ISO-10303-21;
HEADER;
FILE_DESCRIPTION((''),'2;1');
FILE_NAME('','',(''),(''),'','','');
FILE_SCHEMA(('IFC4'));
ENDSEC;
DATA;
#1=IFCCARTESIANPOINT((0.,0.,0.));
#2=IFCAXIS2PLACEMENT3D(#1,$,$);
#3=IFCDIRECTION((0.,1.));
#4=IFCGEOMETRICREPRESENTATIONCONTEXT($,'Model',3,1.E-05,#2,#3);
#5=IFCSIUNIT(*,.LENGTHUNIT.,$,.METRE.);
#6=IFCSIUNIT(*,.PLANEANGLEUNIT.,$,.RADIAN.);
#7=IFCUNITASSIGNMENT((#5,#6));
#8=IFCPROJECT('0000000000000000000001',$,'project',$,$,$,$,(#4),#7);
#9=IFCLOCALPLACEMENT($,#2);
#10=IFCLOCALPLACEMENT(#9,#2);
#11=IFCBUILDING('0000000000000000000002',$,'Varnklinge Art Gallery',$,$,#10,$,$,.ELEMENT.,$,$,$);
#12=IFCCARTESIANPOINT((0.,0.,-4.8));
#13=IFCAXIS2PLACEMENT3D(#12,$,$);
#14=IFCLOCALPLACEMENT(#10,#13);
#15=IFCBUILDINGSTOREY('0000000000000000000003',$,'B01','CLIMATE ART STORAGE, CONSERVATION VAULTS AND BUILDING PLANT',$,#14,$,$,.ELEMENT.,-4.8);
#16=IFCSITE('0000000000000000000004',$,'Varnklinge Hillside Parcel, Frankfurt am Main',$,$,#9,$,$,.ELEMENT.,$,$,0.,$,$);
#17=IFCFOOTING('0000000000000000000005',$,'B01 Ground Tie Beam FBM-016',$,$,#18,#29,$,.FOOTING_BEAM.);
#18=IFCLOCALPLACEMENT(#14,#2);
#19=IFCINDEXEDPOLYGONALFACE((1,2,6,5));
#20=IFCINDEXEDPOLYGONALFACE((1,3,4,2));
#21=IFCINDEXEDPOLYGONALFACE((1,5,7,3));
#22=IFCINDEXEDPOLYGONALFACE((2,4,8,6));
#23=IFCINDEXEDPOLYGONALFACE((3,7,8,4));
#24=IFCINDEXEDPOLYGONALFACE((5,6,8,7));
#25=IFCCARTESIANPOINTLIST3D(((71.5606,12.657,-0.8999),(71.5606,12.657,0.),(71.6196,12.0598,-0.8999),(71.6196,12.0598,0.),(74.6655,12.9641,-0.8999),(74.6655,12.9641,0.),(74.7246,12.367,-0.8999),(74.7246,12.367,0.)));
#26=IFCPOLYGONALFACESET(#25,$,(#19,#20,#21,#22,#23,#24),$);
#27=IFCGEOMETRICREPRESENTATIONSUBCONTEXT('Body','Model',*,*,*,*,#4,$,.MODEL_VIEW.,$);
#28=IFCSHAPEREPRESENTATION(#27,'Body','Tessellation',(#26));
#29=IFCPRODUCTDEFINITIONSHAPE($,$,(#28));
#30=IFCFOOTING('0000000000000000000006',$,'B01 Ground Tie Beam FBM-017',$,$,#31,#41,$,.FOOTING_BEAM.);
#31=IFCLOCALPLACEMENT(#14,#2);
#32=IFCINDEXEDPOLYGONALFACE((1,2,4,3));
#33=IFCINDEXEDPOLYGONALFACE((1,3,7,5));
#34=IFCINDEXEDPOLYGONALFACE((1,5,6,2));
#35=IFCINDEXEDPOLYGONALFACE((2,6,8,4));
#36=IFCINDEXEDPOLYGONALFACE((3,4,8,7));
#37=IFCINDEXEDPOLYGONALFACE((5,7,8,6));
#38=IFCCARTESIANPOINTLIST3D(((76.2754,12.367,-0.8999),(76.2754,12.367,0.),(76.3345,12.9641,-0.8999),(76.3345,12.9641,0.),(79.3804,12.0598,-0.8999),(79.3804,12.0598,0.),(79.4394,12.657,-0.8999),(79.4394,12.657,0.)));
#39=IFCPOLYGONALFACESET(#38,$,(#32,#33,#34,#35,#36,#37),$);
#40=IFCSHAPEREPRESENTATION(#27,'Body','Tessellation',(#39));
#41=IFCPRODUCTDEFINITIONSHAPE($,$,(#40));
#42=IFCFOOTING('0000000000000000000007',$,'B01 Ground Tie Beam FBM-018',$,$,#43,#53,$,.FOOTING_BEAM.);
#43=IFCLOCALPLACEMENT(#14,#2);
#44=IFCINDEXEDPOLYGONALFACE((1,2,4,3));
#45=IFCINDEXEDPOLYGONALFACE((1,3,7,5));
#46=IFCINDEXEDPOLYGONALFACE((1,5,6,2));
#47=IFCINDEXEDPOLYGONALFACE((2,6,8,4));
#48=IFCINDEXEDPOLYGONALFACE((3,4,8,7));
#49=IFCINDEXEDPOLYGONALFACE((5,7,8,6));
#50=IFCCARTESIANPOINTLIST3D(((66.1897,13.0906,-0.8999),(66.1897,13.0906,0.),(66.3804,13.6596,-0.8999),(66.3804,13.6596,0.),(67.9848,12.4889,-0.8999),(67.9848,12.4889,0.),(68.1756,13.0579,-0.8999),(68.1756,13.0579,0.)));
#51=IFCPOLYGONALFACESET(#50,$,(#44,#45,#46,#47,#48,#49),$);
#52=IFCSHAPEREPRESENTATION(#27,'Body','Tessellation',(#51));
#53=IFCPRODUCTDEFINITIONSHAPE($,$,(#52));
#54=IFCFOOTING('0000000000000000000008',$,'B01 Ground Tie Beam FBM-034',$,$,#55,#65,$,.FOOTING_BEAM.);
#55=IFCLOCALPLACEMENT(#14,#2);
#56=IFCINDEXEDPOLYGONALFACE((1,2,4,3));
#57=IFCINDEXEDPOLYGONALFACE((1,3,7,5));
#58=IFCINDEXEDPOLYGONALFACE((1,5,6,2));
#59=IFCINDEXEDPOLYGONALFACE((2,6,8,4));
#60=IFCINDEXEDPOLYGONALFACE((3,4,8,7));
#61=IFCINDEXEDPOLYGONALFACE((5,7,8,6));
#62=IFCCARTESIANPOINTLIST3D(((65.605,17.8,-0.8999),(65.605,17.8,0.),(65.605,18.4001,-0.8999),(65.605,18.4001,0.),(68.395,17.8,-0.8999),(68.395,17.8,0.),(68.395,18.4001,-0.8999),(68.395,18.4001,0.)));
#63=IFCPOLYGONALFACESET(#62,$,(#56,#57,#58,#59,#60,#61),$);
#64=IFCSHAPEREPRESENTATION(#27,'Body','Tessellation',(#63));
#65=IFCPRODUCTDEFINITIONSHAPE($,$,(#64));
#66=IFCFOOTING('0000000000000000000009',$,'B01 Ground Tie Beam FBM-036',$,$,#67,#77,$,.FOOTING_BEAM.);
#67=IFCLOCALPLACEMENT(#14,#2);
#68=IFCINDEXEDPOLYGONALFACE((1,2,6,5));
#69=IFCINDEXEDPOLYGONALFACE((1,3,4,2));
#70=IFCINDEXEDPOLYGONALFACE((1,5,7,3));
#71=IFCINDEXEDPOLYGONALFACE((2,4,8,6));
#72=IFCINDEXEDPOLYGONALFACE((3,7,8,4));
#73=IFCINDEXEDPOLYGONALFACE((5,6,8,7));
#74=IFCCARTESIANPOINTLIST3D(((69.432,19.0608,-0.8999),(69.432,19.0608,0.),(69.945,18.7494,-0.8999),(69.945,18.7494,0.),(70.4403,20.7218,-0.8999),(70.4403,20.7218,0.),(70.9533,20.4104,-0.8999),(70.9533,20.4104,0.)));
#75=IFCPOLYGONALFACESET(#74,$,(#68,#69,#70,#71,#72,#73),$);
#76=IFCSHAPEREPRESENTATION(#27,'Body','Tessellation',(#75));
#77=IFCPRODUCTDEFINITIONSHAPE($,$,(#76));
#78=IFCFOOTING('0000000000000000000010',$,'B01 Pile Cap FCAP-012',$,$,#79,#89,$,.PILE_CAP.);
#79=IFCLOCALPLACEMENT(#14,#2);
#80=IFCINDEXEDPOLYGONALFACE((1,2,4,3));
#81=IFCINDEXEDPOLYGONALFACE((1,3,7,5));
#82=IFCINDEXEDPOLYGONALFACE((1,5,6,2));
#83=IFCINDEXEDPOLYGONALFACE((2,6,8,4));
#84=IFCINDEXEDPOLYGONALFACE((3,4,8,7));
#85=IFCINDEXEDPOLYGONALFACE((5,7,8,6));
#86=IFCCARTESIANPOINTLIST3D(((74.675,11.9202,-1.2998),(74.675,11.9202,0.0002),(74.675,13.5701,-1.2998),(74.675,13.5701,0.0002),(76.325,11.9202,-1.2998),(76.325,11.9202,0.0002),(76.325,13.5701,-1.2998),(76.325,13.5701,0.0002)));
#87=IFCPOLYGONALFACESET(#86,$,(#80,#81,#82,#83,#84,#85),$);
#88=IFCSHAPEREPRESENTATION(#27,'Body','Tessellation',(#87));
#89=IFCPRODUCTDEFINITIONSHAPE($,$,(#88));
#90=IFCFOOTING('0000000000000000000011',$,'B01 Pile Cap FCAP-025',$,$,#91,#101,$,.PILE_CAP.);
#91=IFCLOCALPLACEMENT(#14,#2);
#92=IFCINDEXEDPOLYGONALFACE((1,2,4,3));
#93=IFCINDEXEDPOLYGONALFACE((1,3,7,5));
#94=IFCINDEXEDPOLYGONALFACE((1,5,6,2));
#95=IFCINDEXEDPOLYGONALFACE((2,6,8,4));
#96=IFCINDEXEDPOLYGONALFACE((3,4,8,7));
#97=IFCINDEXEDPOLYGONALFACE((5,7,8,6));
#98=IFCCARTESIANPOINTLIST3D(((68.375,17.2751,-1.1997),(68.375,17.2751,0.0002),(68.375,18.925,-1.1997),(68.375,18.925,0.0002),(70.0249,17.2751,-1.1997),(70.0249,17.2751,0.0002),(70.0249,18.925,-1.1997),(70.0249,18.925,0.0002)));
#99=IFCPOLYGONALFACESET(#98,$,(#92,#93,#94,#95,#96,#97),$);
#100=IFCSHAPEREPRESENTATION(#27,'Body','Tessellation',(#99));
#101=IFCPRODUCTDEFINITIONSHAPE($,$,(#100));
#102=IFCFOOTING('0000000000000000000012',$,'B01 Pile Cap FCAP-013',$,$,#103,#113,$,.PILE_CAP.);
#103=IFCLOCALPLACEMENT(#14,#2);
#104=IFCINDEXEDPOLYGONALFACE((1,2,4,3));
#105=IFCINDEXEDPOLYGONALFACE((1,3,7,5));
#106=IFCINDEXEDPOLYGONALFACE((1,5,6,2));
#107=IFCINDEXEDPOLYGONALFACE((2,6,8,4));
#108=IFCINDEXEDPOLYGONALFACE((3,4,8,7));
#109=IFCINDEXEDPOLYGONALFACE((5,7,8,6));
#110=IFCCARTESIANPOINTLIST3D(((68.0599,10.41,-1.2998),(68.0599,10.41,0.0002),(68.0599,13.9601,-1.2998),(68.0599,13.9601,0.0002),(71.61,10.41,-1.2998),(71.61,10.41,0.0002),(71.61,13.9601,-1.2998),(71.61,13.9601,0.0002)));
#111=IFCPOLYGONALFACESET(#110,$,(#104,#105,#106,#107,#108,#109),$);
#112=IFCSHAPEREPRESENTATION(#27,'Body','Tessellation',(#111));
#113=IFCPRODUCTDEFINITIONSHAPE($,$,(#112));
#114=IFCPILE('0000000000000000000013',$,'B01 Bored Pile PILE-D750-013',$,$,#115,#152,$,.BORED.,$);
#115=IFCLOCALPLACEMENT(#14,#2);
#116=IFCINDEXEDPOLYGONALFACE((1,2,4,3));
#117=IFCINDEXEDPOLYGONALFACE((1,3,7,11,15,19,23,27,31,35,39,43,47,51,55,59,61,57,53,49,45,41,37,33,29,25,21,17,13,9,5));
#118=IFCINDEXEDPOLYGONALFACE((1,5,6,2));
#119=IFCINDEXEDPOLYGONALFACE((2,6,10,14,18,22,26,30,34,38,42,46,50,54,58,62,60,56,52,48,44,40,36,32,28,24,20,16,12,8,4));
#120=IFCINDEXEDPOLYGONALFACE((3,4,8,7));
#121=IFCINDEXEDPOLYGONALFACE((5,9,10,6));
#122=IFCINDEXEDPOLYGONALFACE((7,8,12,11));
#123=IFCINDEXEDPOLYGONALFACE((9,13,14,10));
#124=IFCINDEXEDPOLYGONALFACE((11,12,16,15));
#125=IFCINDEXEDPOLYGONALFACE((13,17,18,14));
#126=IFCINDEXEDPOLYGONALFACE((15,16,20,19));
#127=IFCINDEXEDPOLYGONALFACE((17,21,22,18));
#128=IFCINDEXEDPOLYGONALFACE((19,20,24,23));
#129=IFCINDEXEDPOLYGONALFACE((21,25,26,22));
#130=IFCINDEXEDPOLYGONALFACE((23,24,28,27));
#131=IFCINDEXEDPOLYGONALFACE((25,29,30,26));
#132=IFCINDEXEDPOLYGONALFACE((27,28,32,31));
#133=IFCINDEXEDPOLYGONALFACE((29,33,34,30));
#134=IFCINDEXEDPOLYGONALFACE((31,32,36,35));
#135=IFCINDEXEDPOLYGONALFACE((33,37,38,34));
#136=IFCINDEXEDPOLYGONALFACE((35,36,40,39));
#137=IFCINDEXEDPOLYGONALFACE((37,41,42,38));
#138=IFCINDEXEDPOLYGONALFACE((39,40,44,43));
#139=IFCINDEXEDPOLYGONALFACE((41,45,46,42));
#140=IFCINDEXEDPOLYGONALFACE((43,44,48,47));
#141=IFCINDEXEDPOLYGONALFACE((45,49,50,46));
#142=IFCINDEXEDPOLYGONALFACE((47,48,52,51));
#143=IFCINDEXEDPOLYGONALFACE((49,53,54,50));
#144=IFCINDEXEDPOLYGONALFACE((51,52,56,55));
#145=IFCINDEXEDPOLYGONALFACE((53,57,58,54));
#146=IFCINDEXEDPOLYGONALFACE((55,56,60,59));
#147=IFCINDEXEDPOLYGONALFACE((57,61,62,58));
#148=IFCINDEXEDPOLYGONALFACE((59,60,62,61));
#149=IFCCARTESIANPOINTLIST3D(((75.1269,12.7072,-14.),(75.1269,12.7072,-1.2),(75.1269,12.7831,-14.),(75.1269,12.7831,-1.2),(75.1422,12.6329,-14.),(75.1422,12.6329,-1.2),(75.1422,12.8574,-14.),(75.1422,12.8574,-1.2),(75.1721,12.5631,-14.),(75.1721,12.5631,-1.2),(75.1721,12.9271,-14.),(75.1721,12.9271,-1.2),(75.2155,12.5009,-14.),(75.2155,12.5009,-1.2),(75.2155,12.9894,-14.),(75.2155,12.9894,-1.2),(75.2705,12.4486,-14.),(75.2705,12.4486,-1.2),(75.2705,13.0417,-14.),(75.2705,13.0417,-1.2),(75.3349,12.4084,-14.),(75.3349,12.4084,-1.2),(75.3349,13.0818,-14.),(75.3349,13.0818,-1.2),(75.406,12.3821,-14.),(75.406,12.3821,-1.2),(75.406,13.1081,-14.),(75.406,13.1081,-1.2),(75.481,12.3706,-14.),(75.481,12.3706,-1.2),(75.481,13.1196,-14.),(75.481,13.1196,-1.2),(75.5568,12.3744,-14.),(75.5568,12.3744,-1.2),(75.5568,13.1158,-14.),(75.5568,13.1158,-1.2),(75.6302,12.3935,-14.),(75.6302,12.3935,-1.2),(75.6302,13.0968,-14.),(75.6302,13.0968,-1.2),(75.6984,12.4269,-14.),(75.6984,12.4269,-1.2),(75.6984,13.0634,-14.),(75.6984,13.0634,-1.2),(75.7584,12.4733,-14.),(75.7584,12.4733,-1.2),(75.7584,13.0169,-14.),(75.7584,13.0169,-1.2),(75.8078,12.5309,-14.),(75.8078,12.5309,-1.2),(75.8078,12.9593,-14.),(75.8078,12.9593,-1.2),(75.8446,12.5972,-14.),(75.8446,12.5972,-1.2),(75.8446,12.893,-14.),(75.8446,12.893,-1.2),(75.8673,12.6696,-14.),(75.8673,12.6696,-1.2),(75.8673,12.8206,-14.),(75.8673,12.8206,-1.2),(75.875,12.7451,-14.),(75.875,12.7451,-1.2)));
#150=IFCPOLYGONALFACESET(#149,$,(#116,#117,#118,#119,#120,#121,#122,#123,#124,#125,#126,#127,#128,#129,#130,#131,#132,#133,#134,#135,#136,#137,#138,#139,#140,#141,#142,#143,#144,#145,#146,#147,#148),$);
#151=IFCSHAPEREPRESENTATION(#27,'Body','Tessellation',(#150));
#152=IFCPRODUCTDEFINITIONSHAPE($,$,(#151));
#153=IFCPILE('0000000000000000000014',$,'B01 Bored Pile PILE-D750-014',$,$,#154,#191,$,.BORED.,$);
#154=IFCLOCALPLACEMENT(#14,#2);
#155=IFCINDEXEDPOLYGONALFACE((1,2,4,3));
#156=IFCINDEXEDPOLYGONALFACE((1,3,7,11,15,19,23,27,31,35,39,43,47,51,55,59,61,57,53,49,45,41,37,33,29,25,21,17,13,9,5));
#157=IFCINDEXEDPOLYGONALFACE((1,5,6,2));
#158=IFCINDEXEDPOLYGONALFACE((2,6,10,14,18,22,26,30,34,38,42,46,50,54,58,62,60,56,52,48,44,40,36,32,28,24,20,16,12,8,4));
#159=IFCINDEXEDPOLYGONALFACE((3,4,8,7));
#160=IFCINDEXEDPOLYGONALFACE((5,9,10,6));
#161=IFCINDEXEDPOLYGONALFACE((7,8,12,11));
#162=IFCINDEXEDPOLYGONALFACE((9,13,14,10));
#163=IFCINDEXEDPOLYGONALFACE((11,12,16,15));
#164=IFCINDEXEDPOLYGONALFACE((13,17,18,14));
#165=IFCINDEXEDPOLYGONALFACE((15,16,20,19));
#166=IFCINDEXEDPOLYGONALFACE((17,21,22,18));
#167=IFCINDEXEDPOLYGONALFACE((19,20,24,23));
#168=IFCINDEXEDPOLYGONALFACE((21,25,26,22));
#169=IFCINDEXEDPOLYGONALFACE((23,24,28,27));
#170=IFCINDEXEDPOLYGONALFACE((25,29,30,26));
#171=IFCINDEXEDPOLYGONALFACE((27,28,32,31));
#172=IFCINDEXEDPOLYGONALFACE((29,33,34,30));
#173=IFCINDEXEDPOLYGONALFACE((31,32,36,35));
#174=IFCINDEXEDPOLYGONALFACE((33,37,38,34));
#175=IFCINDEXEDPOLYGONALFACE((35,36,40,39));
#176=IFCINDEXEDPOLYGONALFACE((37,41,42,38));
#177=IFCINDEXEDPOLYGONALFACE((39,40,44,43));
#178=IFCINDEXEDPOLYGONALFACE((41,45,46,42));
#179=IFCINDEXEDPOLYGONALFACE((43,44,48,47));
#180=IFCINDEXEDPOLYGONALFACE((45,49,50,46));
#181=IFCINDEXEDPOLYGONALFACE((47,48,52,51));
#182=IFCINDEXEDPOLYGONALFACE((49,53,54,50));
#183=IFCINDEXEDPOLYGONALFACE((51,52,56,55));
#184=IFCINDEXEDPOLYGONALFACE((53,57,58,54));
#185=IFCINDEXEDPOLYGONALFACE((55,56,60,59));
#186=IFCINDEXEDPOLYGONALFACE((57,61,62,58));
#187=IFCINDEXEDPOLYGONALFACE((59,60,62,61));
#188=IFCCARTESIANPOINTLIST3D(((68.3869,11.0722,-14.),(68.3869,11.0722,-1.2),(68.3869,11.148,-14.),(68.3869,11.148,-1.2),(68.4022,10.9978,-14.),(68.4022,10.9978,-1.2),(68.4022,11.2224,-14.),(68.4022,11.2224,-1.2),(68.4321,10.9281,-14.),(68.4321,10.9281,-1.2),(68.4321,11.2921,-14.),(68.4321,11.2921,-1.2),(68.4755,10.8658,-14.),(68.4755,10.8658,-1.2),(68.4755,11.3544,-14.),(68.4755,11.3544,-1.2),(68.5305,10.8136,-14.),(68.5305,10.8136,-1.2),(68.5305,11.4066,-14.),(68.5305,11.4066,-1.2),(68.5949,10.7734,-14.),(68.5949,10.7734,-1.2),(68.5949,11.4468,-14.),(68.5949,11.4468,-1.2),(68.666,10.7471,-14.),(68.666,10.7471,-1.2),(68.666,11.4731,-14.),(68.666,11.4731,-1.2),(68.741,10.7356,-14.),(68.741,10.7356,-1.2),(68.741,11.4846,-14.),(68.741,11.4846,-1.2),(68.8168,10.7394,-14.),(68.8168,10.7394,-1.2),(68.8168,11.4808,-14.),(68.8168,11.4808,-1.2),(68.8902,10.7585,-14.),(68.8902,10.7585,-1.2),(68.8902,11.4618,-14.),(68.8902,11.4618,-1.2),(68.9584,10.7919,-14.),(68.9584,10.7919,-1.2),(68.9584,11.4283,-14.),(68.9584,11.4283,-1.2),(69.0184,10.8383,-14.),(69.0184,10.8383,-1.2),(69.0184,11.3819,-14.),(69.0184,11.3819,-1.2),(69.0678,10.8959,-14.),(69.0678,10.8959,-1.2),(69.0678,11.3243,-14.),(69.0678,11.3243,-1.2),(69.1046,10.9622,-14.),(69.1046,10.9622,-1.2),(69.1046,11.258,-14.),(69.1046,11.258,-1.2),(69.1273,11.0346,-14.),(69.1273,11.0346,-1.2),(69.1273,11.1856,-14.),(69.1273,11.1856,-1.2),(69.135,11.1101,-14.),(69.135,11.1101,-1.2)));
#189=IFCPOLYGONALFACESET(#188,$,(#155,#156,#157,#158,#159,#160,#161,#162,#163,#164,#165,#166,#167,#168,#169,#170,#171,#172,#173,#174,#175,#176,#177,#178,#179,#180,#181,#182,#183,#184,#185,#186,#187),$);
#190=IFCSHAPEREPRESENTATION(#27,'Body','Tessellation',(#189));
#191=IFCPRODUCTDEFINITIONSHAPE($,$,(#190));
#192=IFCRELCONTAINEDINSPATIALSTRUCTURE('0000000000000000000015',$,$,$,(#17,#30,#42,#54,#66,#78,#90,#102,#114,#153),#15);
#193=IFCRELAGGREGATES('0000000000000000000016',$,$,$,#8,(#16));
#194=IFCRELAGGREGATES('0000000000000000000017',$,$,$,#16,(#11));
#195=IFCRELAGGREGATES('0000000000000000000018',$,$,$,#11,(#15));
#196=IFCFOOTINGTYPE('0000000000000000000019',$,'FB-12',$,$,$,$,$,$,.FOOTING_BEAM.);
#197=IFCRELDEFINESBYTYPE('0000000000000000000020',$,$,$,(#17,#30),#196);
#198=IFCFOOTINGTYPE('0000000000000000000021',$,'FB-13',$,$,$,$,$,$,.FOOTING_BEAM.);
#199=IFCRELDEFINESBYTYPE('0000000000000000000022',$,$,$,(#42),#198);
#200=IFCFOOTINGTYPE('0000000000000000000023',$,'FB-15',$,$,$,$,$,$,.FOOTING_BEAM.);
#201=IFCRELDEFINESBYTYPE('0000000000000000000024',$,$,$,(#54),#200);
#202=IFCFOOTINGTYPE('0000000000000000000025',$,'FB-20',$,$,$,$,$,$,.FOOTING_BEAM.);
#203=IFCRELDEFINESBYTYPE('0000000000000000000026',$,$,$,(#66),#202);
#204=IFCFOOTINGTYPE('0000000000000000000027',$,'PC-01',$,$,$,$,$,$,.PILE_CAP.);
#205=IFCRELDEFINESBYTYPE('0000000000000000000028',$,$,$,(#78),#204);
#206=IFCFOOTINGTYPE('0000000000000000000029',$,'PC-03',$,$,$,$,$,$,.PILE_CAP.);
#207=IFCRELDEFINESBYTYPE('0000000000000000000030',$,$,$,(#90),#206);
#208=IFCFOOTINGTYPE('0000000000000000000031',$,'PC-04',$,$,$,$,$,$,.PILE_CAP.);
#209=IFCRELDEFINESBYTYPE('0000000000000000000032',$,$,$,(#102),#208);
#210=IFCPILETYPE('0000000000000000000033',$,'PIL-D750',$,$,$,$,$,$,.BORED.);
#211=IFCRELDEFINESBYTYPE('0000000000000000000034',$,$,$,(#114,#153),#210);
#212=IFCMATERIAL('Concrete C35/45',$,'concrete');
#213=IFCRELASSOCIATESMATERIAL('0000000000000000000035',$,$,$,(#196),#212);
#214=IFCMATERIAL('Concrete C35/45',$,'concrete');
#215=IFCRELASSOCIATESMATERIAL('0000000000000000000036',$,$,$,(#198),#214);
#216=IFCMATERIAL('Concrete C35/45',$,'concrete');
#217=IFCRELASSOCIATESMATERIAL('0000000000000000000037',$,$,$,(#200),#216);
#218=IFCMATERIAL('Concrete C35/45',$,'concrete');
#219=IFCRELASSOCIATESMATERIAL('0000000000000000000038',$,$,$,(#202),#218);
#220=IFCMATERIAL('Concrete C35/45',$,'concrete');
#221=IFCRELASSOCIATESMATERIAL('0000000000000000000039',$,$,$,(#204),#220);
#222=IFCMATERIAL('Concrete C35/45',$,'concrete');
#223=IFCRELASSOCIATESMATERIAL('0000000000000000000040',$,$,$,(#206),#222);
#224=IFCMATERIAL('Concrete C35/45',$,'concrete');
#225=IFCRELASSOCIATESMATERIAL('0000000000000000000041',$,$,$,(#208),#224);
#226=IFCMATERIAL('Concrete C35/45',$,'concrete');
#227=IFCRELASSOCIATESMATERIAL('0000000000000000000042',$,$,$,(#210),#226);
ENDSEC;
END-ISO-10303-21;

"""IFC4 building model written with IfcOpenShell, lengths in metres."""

from ifc_helpers import new_model, si_unit, direction, frame, origin, origin_2d, place, context, subcontext, project, spatial, rectangle, circle, extrude, material, material_profile, profile_set, type_object, element, save


model = new_model("IFC4")

# Units and contexts
model_context = context("Model", 3, precision=1e-05, world=origin(), true_north=direction((0.0, 1.0)))
body_context = subcontext(model_context, "Body", "Model", "MODEL_VIEW")
ifc_project = project(units=[si_unit("LENGTHUNIT", "METRE"), si_unit("PLANEANGLEUNIT", "RADIAN")], contexts=[model_context])

# Site, building, storey
site_placement = place(None, origin())
site = spatial("IfcSite", under=ifc_project, at=site_placement, Name="Varnklinge Hillside Parcel, Frankfurt am Main", CompositionType="ELEMENT", RefElevation=0.0)
building_placement = place(site_placement, origin())
building = spatial("IfcBuilding", under=site, at=building_placement, Name="Varnklinge Art Gallery", CompositionType="ELEMENT")
storey_placement = place(building_placement, frame((0.0, 0.0, -4.8)))
storey = spatial("IfcBuildingStorey", under=building, at=storey_placement, Name="B01", Description="CLIMATE ART STORAGE, CONSERVATION VAULTS AND BUILDING PLANT", CompositionType="ELEMENT", Elevation=-4.8)

# Footings
ifc_material_1 = material(Name="Concrete C35/45", Category="concrete")
footing_type_1 = type_object("IfcFootingType", Name="FB-12", PredefinedType="FOOTING_BEAM", material=ifc_material_1)
for number, where, z_axis, x_axis, name in (
    (1, (73.1426, 12.512, -0.8999), (0.0, 0.0, 1.0), (-0.995142, -0.098451, 0.0), "B01 Ground Tie Beam FBM-016"),
    (2, (77.8574, 12.512, -0.8999), (0.0, 0.0, 1.0), (0.995142, -0.098451, 0.0), "B01 Ground Tie Beam FBM-017"),
):
    element("IfcFooting", number, at=place(storey_placement, frame(where, z_axis=z_axis, x_axis=x_axis)), inside=storey, type_object=footing_type_1, Name=name, PredefinedType="FOOTING_BEAM", context=body_context, shape_type="SweptSolid", body=[
        extrude(rectangle(XDim=3.1201, YDim=0.6001, at=origin_2d()), origin(), (0.0, 0.0, 1.0), 0.8999),
    ])
ifc_material_2 = material(Name="Concrete C35/45", Category="concrete")
footing_type_2 = type_object("IfcFootingType", Name="FB-13", PredefinedType="FOOTING_BEAM", material=ifc_material_2)
footing_1_placement = place(storey_placement, frame((67.1826, 13.0742, -0.8999), z_axis=(0.0, 0.0, 1.0), x_axis=(-0.948157, 0.317801, 0.0)))
element("IfcFooting", 3, at=footing_1_placement, inside=storey, type_object=footing_type_2, Name="B01 Ground Tie Beam FBM-018", PredefinedType="FOOTING_BEAM", context=body_context, shape_type="SweptSolid", body=[
    extrude(rectangle(XDim=1.8933, YDim=0.6001, at=origin_2d()), origin(), (0.0, 0.0, 1.0), 0.8999),
])
ifc_material_3 = material(Name="Concrete C35/45", Category="concrete")
footing_type_3 = type_object("IfcFootingType", Name="FB-15", PredefinedType="FOOTING_BEAM", material=ifc_material_3)
footing_2_placement = place(storey_placement, frame((67.0, 18.1001, -0.8999), z_axis=(0.0, 0.0, 1.0), x_axis=(1.0, 0.0, 0.0)))
element("IfcFooting", 4, at=footing_2_placement, inside=storey, type_object=footing_type_3, Name="B01 Ground Tie Beam FBM-034", PredefinedType="FOOTING_BEAM", context=body_context, shape_type="SweptSolid", body=[
    extrude(rectangle(XDim=2.79, YDim=0.6001, at=origin_2d()), origin(), (0.0, 0.0, 1.0), 0.8999),
])
ifc_material_4 = material(Name="Concrete C35/45", Category="concrete")
footing_type_4 = type_object("IfcFootingType", Name="FB-20", PredefinedType="FOOTING_BEAM", material=ifc_material_4)
footing_3_placement = place(storey_placement, frame((70.1926, 19.7356, -0.8999), z_axis=(0.0, 0.0, 1.0), x_axis=(0.518922, 0.854821, 0.0)))
element("IfcFooting", 5, at=footing_3_placement, inside=storey, type_object=footing_type_4, Name="B01 Ground Tie Beam FBM-036", PredefinedType="FOOTING_BEAM", context=body_context, shape_type="SweptSolid", body=[
    extrude(rectangle(XDim=1.9431, YDim=0.6001, at=origin_2d()), origin(), (0.0, 0.0, 1.0), 0.8999),
])
ifc_material_5 = material(Name="Concrete C35/45", Category="concrete")
footing_type_5 = type_object("IfcFootingType", Name="PC-01", PredefinedType="PILE_CAP", material=ifc_material_5)
footing_4_placement = place(storey_placement, frame((75.5, 12.7451, -1.2998), z_axis=(0.0, 0.0, 1.0), x_axis=(1.0, 0.0, 0.0)))
element("IfcFooting", 6, at=footing_4_placement, inside=storey, type_object=footing_type_5, Name="B01 Pile Cap FCAP-012", PredefinedType="PILE_CAP", context=body_context, shape_type="SweptSolid", body=[
    extrude(rectangle(XDim=1.6499, YDim=1.6499, at=origin_2d()), origin(), (0.0, 0.0, 1.0), 1.3),
])
ifc_material_6 = material(Name="Concrete C35/45", Category="concrete")
footing_type_6 = type_object("IfcFootingType", Name="PC-03", PredefinedType="PILE_CAP", material=ifc_material_6)
footing_5_placement = place(storey_placement, frame((69.2, 18.1001, -1.1997), z_axis=(0.0, 0.0, 1.0), x_axis=(1.0, 0.0, 0.0)))
element("IfcFooting", 7, at=footing_5_placement, inside=storey, type_object=footing_type_6, Name="B01 Pile Cap FCAP-025", PredefinedType="PILE_CAP", context=body_context, shape_type="SweptSolid", body=[
    extrude(rectangle(XDim=1.6499, YDim=1.6499, at=origin_2d()), origin(), (0.0, 0.0, 1.0), 1.2),
])
ifc_material_7 = material(Name="Concrete C35/45", Category="concrete")
footing_type_7 = type_object("IfcFootingType", Name="PC-04", PredefinedType="PILE_CAP", material=ifc_material_7)
footing_6_placement = place(storey_placement, frame((69.835, 12.1851, -1.2998), z_axis=(0.0, 0.0, 1.0), x_axis=(1.0, 0.0, 0.0)))
element("IfcFooting", 8, at=footing_6_placement, inside=storey, type_object=footing_type_7, Name="B01 Pile Cap FCAP-013", PredefinedType="PILE_CAP", context=body_context, shape_type="SweptSolid", body=[
    extrude(rectangle(XDim=3.55, YDim=3.55, at=origin_2d()), origin(), (0.0, 0.0, 1.0), 1.3),
])

# Piles
ifc_material_8 = material(Name="Concrete C35/45", Category="concrete")
ifc_material_profile_1 = material_profile(ifc_material_8, circle(Radius=0.375, at=origin_2d()), Name="PILE D750")
ifc_profile_set_1 = profile_set([ifc_material_profile_1], Name="Concrete C35/45")
pile_type = type_object("IfcPileType", Name="PIL-D750", PredefinedType="BORED", material=ifc_profile_set_1)
for number, where, z_axis, x_axis, name in (
    (9, (75.5, 12.7451, -1.2), (0.0, 0.0, -1.0), (1.0, 0.0, 0.0), "B01 Bored Pile PILE-D750-013"),
    (10, (68.76, 11.1101, -1.2), (0.0, 0.0, -1.0), (1.0, 0.0, 0.0), "B01 Bored Pile PILE-D750-014"),
):
    element("IfcPile", number, at=place(storey_placement, frame(where, z_axis=z_axis, x_axis=x_axis)), inside=storey, type_object=pile_type, Name=name, PredefinedType="BORED", context=body_context, shape_type="SweptSolid", body=[
        extrude(circle(Radius=0.375, at=origin_2d()), origin(), (0.0, 0.0, 1.0), 12.8),
    ])

save(model, "model.ifc")
